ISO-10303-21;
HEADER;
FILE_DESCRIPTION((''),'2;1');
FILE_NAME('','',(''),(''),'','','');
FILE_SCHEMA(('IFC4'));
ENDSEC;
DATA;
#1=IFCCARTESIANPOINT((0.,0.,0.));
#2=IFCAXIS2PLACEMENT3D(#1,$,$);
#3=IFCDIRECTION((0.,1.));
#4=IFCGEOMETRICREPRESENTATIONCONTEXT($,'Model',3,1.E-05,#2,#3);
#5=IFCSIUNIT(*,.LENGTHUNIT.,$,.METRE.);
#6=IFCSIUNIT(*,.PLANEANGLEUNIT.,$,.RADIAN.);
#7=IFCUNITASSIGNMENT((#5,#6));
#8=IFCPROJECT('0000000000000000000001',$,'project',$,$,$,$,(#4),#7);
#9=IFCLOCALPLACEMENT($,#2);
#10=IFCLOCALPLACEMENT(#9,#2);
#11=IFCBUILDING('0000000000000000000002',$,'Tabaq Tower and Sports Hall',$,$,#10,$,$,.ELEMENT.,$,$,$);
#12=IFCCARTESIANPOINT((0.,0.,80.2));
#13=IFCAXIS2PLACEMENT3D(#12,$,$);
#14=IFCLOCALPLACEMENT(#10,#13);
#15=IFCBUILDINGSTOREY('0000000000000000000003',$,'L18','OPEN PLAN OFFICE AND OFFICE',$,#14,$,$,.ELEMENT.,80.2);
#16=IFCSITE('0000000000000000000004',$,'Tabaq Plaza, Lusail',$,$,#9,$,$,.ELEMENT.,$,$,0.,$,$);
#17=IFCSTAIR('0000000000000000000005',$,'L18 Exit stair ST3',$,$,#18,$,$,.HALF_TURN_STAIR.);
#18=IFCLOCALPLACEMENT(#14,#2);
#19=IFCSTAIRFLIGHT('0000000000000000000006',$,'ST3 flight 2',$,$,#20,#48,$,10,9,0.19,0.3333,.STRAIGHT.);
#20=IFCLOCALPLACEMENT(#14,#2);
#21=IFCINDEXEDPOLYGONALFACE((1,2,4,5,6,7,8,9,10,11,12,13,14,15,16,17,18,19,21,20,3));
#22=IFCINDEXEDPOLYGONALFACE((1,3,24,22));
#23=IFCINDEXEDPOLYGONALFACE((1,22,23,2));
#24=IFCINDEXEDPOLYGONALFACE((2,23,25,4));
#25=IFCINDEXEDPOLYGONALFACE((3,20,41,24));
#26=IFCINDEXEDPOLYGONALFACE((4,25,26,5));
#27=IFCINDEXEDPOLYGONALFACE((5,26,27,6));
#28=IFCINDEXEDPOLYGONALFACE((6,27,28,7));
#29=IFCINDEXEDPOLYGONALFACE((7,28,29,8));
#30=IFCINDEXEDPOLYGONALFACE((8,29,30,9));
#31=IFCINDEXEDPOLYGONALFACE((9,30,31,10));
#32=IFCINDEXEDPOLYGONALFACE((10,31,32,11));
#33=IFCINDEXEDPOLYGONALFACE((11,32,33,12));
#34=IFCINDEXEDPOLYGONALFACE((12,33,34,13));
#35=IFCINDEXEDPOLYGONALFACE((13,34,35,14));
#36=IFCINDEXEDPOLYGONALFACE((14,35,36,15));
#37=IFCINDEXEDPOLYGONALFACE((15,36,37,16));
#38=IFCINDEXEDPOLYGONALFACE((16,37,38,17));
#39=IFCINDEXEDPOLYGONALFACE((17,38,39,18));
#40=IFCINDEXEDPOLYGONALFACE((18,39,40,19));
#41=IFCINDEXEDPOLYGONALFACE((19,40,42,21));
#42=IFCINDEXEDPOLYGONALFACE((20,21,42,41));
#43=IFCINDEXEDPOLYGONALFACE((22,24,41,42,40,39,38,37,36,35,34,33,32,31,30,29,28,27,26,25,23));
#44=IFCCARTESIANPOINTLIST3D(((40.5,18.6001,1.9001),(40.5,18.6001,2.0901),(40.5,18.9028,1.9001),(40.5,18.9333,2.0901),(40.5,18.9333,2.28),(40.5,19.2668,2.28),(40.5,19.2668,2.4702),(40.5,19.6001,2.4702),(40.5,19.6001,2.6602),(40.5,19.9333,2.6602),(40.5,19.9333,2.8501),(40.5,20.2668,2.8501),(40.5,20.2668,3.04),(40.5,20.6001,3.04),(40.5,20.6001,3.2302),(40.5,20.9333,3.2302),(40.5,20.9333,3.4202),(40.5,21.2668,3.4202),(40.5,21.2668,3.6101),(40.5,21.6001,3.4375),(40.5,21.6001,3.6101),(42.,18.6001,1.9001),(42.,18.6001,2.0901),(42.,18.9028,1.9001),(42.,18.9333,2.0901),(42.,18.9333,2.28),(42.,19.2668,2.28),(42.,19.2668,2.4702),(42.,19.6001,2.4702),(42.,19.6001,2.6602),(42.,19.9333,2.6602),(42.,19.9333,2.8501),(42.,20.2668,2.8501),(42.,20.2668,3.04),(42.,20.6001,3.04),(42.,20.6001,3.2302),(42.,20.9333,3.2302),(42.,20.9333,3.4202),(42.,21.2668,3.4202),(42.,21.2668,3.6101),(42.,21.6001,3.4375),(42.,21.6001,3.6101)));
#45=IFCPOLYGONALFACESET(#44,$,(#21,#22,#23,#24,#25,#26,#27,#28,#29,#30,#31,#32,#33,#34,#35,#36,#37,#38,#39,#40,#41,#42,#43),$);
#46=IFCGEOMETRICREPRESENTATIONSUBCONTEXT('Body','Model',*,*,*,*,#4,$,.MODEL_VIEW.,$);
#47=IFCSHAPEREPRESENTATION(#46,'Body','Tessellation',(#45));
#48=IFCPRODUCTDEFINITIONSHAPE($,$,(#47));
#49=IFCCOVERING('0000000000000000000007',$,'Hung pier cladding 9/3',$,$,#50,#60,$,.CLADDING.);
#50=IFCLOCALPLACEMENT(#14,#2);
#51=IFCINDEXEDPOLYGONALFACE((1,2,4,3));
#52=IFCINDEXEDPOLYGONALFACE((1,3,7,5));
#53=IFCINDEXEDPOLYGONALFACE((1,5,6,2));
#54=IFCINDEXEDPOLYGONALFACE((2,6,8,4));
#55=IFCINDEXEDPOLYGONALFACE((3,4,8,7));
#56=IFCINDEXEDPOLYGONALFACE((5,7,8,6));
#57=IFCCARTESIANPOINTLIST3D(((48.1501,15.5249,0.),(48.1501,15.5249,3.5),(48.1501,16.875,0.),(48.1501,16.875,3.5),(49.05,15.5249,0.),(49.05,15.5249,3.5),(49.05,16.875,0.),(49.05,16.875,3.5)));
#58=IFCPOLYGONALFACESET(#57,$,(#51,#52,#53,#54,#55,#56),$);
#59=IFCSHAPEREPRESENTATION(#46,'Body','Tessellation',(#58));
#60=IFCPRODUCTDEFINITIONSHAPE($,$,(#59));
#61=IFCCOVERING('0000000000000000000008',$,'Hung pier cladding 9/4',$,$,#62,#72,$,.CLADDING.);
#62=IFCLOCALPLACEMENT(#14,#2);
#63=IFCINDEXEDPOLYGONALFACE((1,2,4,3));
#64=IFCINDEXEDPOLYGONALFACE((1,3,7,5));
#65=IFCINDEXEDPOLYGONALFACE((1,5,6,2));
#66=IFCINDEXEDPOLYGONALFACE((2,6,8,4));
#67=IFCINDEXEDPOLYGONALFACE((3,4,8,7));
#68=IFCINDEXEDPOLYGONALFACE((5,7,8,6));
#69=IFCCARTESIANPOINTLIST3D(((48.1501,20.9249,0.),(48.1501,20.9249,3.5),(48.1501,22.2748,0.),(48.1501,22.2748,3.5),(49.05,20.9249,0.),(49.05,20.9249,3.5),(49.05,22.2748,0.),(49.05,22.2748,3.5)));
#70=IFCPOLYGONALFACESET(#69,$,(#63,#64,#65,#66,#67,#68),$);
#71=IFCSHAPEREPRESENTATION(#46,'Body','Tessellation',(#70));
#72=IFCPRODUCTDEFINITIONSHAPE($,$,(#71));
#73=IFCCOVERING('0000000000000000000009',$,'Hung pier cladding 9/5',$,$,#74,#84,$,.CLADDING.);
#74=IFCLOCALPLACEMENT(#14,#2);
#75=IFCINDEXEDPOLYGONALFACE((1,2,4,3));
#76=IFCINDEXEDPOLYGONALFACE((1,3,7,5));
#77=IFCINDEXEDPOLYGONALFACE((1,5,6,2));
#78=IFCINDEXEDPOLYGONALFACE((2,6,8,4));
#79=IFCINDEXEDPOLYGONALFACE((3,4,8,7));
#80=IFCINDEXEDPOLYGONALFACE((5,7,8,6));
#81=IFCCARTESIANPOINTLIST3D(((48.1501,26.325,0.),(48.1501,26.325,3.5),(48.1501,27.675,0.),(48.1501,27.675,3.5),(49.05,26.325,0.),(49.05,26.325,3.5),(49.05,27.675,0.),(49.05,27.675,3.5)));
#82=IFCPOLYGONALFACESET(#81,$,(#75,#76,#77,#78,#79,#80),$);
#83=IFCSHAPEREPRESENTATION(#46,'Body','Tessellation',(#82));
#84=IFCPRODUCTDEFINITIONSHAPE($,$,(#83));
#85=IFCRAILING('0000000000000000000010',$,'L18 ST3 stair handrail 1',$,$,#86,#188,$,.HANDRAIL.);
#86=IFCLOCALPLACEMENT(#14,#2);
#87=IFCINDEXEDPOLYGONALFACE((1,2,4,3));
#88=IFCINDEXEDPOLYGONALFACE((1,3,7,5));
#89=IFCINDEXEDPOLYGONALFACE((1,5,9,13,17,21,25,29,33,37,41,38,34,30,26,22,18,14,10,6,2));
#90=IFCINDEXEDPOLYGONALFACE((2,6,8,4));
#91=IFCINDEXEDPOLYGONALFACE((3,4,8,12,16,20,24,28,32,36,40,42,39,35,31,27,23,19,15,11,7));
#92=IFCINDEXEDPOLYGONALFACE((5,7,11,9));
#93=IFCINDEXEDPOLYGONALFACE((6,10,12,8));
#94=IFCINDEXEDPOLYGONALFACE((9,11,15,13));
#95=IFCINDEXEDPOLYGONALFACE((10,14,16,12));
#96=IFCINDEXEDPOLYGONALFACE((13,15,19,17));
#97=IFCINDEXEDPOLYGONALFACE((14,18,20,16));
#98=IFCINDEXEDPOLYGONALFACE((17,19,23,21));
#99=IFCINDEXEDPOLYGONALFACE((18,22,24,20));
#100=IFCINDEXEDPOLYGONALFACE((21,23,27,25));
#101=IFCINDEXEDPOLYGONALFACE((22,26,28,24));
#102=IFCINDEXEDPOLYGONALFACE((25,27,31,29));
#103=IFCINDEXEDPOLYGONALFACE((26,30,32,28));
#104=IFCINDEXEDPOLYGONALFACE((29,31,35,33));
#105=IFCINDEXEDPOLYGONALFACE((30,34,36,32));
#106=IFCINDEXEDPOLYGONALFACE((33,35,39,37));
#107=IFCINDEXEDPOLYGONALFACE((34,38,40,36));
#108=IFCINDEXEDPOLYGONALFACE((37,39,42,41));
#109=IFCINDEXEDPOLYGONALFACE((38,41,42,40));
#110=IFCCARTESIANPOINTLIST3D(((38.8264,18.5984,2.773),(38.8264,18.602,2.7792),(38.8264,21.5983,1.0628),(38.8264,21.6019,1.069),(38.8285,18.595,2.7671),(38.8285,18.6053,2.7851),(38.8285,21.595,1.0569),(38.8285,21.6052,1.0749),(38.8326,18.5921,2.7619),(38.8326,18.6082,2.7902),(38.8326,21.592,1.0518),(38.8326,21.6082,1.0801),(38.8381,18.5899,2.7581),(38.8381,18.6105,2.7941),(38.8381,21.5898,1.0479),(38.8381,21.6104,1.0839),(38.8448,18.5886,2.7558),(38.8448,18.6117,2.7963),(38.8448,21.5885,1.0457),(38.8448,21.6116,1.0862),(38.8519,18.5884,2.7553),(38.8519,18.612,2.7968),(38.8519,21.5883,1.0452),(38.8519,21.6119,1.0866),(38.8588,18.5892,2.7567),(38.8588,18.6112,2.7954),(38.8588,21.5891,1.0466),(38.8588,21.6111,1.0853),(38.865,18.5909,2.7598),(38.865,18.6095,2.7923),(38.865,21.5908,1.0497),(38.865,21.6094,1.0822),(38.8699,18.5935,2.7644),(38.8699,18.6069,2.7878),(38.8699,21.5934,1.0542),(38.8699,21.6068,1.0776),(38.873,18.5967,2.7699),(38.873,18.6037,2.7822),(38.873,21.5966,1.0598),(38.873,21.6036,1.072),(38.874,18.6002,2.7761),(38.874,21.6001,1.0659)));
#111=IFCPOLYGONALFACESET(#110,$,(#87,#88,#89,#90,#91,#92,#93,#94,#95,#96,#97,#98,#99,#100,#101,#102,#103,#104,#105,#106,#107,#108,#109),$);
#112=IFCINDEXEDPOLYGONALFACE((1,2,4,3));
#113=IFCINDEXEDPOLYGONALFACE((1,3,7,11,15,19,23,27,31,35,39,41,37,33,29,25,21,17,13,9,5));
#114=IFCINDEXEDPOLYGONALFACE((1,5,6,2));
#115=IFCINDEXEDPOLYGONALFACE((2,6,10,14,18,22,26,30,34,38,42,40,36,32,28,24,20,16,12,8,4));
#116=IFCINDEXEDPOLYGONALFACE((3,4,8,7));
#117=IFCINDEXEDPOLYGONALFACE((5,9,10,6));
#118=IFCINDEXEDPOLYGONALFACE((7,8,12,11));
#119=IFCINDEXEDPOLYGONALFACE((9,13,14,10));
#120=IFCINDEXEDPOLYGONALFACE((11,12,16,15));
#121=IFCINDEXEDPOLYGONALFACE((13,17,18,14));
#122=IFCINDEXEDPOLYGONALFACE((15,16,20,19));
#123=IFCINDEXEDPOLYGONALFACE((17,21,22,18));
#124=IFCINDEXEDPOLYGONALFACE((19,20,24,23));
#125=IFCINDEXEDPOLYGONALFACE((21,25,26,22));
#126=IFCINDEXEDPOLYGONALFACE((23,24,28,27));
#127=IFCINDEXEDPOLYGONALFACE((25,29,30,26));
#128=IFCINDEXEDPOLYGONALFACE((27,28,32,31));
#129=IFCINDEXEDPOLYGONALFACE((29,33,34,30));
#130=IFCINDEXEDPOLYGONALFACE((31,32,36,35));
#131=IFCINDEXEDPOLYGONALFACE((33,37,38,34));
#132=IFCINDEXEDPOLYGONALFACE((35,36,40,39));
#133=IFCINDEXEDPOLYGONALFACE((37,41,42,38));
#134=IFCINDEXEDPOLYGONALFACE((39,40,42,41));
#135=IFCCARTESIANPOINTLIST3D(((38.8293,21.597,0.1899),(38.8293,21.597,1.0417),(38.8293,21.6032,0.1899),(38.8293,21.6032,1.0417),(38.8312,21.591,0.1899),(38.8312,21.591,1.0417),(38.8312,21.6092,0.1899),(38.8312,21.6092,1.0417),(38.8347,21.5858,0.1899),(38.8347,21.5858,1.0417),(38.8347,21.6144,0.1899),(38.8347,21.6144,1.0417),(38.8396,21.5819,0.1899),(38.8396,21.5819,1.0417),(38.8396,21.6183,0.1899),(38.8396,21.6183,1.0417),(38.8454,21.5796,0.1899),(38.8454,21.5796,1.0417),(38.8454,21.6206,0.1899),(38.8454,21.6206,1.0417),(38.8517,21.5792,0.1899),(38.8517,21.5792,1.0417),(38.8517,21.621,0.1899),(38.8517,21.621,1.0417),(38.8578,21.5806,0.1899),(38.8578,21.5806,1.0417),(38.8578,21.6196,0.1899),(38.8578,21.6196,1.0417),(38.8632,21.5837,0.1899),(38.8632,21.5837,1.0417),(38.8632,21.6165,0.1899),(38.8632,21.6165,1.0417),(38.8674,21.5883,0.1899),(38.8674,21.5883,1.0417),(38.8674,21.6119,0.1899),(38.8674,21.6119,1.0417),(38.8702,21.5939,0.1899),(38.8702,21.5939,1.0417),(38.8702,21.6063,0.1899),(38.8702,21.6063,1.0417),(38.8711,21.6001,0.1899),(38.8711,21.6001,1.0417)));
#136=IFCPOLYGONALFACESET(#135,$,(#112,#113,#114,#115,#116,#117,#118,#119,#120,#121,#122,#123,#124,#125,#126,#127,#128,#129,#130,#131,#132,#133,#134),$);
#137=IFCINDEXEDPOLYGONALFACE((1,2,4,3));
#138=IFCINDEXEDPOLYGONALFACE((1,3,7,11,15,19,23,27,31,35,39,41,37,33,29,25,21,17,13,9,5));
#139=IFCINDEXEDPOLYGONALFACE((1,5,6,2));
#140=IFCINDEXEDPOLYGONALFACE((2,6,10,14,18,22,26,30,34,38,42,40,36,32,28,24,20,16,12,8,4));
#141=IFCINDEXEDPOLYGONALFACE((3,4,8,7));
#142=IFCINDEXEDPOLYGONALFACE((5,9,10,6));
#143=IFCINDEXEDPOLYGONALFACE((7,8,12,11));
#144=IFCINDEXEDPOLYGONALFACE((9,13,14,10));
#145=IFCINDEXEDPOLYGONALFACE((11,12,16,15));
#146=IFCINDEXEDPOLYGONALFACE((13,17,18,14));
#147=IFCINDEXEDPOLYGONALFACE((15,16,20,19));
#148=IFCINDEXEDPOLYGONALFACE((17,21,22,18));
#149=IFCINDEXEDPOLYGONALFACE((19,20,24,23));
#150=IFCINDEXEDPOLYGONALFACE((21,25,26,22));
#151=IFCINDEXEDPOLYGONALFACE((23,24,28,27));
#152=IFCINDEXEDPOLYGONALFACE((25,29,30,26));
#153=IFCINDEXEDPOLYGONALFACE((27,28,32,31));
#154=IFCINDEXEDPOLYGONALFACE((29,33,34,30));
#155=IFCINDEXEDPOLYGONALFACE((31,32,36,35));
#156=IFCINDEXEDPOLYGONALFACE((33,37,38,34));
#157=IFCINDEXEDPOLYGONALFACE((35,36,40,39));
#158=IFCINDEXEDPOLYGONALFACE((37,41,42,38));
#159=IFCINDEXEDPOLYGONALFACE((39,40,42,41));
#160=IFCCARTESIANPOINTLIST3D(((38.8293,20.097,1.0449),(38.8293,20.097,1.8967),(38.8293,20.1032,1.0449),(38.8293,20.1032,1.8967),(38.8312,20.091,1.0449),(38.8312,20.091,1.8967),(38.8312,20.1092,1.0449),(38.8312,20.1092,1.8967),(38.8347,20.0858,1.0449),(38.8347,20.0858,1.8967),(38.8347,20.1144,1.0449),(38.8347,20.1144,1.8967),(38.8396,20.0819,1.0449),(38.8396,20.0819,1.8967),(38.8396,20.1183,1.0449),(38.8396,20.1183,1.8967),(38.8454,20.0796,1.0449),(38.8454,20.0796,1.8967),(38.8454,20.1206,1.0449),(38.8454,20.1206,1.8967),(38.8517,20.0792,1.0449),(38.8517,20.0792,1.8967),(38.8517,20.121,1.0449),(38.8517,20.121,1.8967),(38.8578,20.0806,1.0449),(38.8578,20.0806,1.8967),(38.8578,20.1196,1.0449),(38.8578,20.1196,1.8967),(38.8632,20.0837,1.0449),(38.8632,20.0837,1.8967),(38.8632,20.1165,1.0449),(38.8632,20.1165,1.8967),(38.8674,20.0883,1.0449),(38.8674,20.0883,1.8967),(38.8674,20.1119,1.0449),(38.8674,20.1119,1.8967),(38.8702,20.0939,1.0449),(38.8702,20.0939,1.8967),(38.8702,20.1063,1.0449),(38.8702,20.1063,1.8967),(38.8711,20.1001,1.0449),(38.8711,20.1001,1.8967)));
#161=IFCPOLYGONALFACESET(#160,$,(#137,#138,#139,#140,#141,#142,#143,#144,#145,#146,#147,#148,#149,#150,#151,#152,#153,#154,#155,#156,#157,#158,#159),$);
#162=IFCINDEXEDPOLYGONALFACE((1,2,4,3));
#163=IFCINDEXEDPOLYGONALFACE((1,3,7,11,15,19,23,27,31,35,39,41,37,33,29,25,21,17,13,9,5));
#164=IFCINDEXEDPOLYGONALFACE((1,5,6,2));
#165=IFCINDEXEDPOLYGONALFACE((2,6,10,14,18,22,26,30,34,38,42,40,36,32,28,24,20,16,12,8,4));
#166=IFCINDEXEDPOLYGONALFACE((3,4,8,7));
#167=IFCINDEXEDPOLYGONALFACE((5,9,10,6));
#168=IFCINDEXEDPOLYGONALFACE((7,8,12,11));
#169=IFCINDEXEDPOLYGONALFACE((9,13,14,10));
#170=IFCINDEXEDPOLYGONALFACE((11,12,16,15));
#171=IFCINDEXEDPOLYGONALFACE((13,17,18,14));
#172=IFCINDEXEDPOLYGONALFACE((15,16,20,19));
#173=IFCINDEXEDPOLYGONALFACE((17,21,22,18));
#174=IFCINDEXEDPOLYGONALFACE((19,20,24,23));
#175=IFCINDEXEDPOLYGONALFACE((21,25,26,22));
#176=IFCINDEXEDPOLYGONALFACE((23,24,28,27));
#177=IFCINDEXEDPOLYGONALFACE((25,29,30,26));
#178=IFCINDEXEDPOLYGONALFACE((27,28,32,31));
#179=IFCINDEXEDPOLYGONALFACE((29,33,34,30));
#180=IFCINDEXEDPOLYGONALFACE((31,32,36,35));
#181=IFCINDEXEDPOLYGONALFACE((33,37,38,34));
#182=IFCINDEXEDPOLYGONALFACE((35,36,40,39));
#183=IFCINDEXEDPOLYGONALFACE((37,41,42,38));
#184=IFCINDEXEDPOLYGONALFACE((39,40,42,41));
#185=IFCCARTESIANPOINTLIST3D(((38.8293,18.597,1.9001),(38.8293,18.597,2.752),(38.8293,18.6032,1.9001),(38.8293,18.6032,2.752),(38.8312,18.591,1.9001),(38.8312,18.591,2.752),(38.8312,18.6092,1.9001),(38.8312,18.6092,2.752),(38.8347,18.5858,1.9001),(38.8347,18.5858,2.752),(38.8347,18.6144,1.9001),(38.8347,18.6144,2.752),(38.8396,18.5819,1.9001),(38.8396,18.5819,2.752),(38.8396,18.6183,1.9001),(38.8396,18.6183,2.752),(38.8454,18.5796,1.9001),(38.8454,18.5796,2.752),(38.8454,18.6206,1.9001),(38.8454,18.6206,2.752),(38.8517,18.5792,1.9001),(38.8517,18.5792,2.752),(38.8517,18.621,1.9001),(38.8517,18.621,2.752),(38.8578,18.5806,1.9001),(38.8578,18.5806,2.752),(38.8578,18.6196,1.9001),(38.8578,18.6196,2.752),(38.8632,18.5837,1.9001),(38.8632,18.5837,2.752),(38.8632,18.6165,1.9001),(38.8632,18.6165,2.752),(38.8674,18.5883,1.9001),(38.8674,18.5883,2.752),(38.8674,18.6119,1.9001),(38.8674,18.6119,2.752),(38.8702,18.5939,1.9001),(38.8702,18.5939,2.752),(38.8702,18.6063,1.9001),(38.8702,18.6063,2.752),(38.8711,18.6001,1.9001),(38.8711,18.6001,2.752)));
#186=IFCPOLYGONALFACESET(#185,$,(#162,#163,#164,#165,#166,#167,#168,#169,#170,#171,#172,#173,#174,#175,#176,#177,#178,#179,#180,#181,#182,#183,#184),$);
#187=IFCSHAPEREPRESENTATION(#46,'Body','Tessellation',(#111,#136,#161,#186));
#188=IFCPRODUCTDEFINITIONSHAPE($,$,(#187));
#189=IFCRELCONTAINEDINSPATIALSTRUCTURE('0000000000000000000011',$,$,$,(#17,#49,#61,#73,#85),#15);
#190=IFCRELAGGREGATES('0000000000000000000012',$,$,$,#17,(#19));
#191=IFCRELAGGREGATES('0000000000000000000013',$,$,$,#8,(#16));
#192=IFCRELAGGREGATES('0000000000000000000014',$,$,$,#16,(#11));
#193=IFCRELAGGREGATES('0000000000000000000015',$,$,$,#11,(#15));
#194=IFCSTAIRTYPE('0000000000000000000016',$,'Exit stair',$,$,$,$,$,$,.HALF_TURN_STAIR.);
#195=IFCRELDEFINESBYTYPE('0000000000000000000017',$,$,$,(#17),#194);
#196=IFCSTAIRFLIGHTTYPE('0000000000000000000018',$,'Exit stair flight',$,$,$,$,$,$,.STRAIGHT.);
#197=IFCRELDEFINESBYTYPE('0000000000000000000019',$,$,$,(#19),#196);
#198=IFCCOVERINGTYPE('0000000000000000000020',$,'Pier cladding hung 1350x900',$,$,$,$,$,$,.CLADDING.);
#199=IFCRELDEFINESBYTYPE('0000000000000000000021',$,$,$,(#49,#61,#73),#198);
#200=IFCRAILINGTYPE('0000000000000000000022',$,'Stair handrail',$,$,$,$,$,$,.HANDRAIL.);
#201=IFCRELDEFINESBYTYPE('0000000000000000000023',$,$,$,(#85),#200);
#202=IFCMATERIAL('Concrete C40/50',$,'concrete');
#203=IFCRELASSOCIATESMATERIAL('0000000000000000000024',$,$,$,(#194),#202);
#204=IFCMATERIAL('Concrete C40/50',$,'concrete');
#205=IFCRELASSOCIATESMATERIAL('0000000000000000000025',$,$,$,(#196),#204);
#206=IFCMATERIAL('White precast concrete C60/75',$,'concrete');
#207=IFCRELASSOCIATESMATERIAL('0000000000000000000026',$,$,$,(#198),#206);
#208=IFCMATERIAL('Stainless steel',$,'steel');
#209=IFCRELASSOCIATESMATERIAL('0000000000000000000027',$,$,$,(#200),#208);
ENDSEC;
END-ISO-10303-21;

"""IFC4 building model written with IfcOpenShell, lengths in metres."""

from ifc_helpers import new_model, si_unit, direction, frame, frame_2d, origin, origin_2d, place, context, subcontext, project, spatial, polyline, rectangle, circle, outline, extrude, material, type_object, element, aggregate, save


model = new_model("IFC4")

# Units and contexts
model_context = context("Model", 3, precision=1e-05, world=origin(), true_north=direction((0.0, 1.0)))
body_context = subcontext(model_context, "Body", "Model", "MODEL_VIEW")
ifc_project = project(units=[si_unit("LENGTHUNIT", "METRE"), si_unit("PLANEANGLEUNIT", "RADIAN")], contexts=[model_context])

# Site, building, storey
site_placement = place(None, origin())
site = spatial("IfcSite", under=ifc_project, at=site_placement, Name="Tabaq Plaza, Lusail", CompositionType="ELEMENT", RefElevation=0.0)
building_placement = place(site_placement, origin())
building = spatial("IfcBuilding", under=site, at=building_placement, Name="Tabaq Tower and Sports Hall", CompositionType="ELEMENT")
storey_placement = place(building_placement, frame((0.0, 0.0, 80.2)))
storey = spatial("IfcBuildingStorey", under=building, at=storey_placement, Name="L18", Description="OPEN PLAN OFFICE AND OFFICE", CompositionType="ELEMENT", Elevation=80.2)

# Stair, stair flight
ifc_material_1 = material(Name="Concrete C40/50", Category="concrete")
stair_type = type_object("IfcStairType", Name="Exit stair", PredefinedType="HALF_TURN_STAIR", material=ifc_material_1)
stair_placement = place(storey_placement, origin())
stair = element("IfcStair", 1, at=stair_placement, inside=storey, type_object=stair_type, Name="L18 Exit stair ST3", PredefinedType="HALF_TURN_STAIR")
ifc_material_2 = material(Name="Concrete C40/50", Category="concrete")
stair_flight_type = type_object("IfcStairFlightType", Name="Exit stair flight", PredefinedType="STRAIGHT", material=ifc_material_2)
stair_flight_1_placement = place(storey_placement, frame((41.25, 18.6001, 1.9001), z_axis=(0.0, 0.0, 1.0), x_axis=(0.0, 1.0, 0.0)))
stair_flight_1 = element("IfcStairFlight", 2, at=stair_flight_1_placement, type_object=stair_flight_type, Name="ST3 flight 2", NumberOfRisers=10, NumberOfTreads=9, PredefinedType="STRAIGHT", RiserHeight=0.19, TreadLength=0.3333, context=body_context, shape_type="SweptSolid", body=[
    extrude(outline(polyline([(0.0, 0.0), (0.0, 0.1899), (0.3333, 0.1899), (0.3333, 0.3799), (0.6667, 0.3799), (0.6667, 0.5701), (1.0, 0.5701), (1.0, 0.76), (1.3333, 0.76), (1.3333, 0.95), (1.6667, 0.95), (1.6667, 1.1399), (2.0, 1.1399), (2.0, 1.3301), (2.3333, 1.3301), (2.3333, 1.52), (2.6667, 1.52), (2.6667, 1.71), (3.0, 1.71), (3.0, 1.8999), (3.0, 1.5374), (0.3027, 0.0), (0.0, 0.0)])), frame((0.0, 0.75, 0.0), z_axis=(0.0, -1.0, 0.0), x_axis=(1.0, 0.0, 0.0)), (0.0, 0.0, 1.0), 1.5),
])
aggregate(stair, [stair_flight_1])

# Coverings
ifc_material_3 = material(Name="White precast concrete C60/75", Category="concrete")
covering_type_1 = type_object("IfcCoveringType", Name="Pier cladding hung 1350x900", PredefinedType="CLADDING", material=ifc_material_3)
covering_1_placement = place(storey_placement, frame((48.6001, 15.5249, 0.0), z_axis=(0.0, 0.0, 1.0), x_axis=(0.0, 1.0, 0.0)))
element("IfcCovering", 3, at=covering_1_placement, inside=storey, type_object=covering_type_1, Name="Hung pier cladding 9/3", PredefinedType="CLADDING", context=body_context, shape_type="SweptSolid", body=[
    extrude(rectangle(XDim=1.3501, YDim=0.8999, at=frame_2d((0.675, 0.0))), origin(), (0.0, 0.0, 1.0), 3.5),
])
covering_2_placement = place(storey_placement, frame((48.6001, 20.925, 0.0), z_axis=(0.0, 0.0, 1.0), x_axis=(0.0, 1.0, 0.0)))
element("IfcCovering", 4, at=covering_2_placement, inside=storey, type_object=covering_type_1, Name="Hung pier cladding 9/4", PredefinedType="CLADDING", context=body_context, shape_type="SweptSolid", body=[
    extrude(rectangle(XDim=1.3499, YDim=0.8999, at=frame_2d((0.6748, 0.0))), origin(), (0.0, 0.0, 1.0), 3.5),
])
covering_3_placement = place(storey_placement, frame((48.6001, 26.325, 0.0), z_axis=(0.0, 0.0, 1.0), x_axis=(0.0, 1.0, 0.0)))
element("IfcCovering", 5, at=covering_3_placement, inside=storey, type_object=covering_type_1, Name="Hung pier cladding 9/5", PredefinedType="CLADDING", context=body_context, shape_type="SweptSolid", body=[
    extrude(rectangle(XDim=1.3501, YDim=0.8999, at=frame_2d((0.675, 0.0))), origin(), (0.0, 0.0, 1.0), 3.5),
])

# Railing
ifc_material_4 = material(Name="Stainless steel", Category="steel")
railing_type_1 = type_object("IfcRailingType", Name="Stair handrail", PredefinedType="HANDRAIL", material=ifc_material_4)
railing_1_placement = place(storey_placement, frame((38.8501, 21.6001, 0.1899)))
element("IfcRailing", 6, at=railing_1_placement, inside=storey, type_object=railing_type_1, Name="L18 ST3 stair handrail 1", PredefinedType="HANDRAIL", context=body_context, shape_type="SweptSolid", body=[
    extrude(circle(Radius=0.0239, at=origin_2d()), frame((0.0, 0.0, 0.876), z_axis=(0.0, -0.868752, 0.495248), x_axis=(1.0, 0.0, 0.0)), (0.0, 0.0, 1.0), 3.4531),
    extrude(circle(Radius=0.021, at=origin_2d()), origin(), (0.0, 0.0, 1.0), 0.8518),
    extrude(circle(Radius=0.021, at=origin_2d()), frame((0.0, -1.5, 0.855)), (0.0, 0.0, 1.0), 0.8518),
    extrude(circle(Radius=0.021, at=origin_2d()), frame((0.0, -3.0, 1.7102)), (0.0, 0.0, 1.0), 0.8518),
])

save(model, "model.ifc")
